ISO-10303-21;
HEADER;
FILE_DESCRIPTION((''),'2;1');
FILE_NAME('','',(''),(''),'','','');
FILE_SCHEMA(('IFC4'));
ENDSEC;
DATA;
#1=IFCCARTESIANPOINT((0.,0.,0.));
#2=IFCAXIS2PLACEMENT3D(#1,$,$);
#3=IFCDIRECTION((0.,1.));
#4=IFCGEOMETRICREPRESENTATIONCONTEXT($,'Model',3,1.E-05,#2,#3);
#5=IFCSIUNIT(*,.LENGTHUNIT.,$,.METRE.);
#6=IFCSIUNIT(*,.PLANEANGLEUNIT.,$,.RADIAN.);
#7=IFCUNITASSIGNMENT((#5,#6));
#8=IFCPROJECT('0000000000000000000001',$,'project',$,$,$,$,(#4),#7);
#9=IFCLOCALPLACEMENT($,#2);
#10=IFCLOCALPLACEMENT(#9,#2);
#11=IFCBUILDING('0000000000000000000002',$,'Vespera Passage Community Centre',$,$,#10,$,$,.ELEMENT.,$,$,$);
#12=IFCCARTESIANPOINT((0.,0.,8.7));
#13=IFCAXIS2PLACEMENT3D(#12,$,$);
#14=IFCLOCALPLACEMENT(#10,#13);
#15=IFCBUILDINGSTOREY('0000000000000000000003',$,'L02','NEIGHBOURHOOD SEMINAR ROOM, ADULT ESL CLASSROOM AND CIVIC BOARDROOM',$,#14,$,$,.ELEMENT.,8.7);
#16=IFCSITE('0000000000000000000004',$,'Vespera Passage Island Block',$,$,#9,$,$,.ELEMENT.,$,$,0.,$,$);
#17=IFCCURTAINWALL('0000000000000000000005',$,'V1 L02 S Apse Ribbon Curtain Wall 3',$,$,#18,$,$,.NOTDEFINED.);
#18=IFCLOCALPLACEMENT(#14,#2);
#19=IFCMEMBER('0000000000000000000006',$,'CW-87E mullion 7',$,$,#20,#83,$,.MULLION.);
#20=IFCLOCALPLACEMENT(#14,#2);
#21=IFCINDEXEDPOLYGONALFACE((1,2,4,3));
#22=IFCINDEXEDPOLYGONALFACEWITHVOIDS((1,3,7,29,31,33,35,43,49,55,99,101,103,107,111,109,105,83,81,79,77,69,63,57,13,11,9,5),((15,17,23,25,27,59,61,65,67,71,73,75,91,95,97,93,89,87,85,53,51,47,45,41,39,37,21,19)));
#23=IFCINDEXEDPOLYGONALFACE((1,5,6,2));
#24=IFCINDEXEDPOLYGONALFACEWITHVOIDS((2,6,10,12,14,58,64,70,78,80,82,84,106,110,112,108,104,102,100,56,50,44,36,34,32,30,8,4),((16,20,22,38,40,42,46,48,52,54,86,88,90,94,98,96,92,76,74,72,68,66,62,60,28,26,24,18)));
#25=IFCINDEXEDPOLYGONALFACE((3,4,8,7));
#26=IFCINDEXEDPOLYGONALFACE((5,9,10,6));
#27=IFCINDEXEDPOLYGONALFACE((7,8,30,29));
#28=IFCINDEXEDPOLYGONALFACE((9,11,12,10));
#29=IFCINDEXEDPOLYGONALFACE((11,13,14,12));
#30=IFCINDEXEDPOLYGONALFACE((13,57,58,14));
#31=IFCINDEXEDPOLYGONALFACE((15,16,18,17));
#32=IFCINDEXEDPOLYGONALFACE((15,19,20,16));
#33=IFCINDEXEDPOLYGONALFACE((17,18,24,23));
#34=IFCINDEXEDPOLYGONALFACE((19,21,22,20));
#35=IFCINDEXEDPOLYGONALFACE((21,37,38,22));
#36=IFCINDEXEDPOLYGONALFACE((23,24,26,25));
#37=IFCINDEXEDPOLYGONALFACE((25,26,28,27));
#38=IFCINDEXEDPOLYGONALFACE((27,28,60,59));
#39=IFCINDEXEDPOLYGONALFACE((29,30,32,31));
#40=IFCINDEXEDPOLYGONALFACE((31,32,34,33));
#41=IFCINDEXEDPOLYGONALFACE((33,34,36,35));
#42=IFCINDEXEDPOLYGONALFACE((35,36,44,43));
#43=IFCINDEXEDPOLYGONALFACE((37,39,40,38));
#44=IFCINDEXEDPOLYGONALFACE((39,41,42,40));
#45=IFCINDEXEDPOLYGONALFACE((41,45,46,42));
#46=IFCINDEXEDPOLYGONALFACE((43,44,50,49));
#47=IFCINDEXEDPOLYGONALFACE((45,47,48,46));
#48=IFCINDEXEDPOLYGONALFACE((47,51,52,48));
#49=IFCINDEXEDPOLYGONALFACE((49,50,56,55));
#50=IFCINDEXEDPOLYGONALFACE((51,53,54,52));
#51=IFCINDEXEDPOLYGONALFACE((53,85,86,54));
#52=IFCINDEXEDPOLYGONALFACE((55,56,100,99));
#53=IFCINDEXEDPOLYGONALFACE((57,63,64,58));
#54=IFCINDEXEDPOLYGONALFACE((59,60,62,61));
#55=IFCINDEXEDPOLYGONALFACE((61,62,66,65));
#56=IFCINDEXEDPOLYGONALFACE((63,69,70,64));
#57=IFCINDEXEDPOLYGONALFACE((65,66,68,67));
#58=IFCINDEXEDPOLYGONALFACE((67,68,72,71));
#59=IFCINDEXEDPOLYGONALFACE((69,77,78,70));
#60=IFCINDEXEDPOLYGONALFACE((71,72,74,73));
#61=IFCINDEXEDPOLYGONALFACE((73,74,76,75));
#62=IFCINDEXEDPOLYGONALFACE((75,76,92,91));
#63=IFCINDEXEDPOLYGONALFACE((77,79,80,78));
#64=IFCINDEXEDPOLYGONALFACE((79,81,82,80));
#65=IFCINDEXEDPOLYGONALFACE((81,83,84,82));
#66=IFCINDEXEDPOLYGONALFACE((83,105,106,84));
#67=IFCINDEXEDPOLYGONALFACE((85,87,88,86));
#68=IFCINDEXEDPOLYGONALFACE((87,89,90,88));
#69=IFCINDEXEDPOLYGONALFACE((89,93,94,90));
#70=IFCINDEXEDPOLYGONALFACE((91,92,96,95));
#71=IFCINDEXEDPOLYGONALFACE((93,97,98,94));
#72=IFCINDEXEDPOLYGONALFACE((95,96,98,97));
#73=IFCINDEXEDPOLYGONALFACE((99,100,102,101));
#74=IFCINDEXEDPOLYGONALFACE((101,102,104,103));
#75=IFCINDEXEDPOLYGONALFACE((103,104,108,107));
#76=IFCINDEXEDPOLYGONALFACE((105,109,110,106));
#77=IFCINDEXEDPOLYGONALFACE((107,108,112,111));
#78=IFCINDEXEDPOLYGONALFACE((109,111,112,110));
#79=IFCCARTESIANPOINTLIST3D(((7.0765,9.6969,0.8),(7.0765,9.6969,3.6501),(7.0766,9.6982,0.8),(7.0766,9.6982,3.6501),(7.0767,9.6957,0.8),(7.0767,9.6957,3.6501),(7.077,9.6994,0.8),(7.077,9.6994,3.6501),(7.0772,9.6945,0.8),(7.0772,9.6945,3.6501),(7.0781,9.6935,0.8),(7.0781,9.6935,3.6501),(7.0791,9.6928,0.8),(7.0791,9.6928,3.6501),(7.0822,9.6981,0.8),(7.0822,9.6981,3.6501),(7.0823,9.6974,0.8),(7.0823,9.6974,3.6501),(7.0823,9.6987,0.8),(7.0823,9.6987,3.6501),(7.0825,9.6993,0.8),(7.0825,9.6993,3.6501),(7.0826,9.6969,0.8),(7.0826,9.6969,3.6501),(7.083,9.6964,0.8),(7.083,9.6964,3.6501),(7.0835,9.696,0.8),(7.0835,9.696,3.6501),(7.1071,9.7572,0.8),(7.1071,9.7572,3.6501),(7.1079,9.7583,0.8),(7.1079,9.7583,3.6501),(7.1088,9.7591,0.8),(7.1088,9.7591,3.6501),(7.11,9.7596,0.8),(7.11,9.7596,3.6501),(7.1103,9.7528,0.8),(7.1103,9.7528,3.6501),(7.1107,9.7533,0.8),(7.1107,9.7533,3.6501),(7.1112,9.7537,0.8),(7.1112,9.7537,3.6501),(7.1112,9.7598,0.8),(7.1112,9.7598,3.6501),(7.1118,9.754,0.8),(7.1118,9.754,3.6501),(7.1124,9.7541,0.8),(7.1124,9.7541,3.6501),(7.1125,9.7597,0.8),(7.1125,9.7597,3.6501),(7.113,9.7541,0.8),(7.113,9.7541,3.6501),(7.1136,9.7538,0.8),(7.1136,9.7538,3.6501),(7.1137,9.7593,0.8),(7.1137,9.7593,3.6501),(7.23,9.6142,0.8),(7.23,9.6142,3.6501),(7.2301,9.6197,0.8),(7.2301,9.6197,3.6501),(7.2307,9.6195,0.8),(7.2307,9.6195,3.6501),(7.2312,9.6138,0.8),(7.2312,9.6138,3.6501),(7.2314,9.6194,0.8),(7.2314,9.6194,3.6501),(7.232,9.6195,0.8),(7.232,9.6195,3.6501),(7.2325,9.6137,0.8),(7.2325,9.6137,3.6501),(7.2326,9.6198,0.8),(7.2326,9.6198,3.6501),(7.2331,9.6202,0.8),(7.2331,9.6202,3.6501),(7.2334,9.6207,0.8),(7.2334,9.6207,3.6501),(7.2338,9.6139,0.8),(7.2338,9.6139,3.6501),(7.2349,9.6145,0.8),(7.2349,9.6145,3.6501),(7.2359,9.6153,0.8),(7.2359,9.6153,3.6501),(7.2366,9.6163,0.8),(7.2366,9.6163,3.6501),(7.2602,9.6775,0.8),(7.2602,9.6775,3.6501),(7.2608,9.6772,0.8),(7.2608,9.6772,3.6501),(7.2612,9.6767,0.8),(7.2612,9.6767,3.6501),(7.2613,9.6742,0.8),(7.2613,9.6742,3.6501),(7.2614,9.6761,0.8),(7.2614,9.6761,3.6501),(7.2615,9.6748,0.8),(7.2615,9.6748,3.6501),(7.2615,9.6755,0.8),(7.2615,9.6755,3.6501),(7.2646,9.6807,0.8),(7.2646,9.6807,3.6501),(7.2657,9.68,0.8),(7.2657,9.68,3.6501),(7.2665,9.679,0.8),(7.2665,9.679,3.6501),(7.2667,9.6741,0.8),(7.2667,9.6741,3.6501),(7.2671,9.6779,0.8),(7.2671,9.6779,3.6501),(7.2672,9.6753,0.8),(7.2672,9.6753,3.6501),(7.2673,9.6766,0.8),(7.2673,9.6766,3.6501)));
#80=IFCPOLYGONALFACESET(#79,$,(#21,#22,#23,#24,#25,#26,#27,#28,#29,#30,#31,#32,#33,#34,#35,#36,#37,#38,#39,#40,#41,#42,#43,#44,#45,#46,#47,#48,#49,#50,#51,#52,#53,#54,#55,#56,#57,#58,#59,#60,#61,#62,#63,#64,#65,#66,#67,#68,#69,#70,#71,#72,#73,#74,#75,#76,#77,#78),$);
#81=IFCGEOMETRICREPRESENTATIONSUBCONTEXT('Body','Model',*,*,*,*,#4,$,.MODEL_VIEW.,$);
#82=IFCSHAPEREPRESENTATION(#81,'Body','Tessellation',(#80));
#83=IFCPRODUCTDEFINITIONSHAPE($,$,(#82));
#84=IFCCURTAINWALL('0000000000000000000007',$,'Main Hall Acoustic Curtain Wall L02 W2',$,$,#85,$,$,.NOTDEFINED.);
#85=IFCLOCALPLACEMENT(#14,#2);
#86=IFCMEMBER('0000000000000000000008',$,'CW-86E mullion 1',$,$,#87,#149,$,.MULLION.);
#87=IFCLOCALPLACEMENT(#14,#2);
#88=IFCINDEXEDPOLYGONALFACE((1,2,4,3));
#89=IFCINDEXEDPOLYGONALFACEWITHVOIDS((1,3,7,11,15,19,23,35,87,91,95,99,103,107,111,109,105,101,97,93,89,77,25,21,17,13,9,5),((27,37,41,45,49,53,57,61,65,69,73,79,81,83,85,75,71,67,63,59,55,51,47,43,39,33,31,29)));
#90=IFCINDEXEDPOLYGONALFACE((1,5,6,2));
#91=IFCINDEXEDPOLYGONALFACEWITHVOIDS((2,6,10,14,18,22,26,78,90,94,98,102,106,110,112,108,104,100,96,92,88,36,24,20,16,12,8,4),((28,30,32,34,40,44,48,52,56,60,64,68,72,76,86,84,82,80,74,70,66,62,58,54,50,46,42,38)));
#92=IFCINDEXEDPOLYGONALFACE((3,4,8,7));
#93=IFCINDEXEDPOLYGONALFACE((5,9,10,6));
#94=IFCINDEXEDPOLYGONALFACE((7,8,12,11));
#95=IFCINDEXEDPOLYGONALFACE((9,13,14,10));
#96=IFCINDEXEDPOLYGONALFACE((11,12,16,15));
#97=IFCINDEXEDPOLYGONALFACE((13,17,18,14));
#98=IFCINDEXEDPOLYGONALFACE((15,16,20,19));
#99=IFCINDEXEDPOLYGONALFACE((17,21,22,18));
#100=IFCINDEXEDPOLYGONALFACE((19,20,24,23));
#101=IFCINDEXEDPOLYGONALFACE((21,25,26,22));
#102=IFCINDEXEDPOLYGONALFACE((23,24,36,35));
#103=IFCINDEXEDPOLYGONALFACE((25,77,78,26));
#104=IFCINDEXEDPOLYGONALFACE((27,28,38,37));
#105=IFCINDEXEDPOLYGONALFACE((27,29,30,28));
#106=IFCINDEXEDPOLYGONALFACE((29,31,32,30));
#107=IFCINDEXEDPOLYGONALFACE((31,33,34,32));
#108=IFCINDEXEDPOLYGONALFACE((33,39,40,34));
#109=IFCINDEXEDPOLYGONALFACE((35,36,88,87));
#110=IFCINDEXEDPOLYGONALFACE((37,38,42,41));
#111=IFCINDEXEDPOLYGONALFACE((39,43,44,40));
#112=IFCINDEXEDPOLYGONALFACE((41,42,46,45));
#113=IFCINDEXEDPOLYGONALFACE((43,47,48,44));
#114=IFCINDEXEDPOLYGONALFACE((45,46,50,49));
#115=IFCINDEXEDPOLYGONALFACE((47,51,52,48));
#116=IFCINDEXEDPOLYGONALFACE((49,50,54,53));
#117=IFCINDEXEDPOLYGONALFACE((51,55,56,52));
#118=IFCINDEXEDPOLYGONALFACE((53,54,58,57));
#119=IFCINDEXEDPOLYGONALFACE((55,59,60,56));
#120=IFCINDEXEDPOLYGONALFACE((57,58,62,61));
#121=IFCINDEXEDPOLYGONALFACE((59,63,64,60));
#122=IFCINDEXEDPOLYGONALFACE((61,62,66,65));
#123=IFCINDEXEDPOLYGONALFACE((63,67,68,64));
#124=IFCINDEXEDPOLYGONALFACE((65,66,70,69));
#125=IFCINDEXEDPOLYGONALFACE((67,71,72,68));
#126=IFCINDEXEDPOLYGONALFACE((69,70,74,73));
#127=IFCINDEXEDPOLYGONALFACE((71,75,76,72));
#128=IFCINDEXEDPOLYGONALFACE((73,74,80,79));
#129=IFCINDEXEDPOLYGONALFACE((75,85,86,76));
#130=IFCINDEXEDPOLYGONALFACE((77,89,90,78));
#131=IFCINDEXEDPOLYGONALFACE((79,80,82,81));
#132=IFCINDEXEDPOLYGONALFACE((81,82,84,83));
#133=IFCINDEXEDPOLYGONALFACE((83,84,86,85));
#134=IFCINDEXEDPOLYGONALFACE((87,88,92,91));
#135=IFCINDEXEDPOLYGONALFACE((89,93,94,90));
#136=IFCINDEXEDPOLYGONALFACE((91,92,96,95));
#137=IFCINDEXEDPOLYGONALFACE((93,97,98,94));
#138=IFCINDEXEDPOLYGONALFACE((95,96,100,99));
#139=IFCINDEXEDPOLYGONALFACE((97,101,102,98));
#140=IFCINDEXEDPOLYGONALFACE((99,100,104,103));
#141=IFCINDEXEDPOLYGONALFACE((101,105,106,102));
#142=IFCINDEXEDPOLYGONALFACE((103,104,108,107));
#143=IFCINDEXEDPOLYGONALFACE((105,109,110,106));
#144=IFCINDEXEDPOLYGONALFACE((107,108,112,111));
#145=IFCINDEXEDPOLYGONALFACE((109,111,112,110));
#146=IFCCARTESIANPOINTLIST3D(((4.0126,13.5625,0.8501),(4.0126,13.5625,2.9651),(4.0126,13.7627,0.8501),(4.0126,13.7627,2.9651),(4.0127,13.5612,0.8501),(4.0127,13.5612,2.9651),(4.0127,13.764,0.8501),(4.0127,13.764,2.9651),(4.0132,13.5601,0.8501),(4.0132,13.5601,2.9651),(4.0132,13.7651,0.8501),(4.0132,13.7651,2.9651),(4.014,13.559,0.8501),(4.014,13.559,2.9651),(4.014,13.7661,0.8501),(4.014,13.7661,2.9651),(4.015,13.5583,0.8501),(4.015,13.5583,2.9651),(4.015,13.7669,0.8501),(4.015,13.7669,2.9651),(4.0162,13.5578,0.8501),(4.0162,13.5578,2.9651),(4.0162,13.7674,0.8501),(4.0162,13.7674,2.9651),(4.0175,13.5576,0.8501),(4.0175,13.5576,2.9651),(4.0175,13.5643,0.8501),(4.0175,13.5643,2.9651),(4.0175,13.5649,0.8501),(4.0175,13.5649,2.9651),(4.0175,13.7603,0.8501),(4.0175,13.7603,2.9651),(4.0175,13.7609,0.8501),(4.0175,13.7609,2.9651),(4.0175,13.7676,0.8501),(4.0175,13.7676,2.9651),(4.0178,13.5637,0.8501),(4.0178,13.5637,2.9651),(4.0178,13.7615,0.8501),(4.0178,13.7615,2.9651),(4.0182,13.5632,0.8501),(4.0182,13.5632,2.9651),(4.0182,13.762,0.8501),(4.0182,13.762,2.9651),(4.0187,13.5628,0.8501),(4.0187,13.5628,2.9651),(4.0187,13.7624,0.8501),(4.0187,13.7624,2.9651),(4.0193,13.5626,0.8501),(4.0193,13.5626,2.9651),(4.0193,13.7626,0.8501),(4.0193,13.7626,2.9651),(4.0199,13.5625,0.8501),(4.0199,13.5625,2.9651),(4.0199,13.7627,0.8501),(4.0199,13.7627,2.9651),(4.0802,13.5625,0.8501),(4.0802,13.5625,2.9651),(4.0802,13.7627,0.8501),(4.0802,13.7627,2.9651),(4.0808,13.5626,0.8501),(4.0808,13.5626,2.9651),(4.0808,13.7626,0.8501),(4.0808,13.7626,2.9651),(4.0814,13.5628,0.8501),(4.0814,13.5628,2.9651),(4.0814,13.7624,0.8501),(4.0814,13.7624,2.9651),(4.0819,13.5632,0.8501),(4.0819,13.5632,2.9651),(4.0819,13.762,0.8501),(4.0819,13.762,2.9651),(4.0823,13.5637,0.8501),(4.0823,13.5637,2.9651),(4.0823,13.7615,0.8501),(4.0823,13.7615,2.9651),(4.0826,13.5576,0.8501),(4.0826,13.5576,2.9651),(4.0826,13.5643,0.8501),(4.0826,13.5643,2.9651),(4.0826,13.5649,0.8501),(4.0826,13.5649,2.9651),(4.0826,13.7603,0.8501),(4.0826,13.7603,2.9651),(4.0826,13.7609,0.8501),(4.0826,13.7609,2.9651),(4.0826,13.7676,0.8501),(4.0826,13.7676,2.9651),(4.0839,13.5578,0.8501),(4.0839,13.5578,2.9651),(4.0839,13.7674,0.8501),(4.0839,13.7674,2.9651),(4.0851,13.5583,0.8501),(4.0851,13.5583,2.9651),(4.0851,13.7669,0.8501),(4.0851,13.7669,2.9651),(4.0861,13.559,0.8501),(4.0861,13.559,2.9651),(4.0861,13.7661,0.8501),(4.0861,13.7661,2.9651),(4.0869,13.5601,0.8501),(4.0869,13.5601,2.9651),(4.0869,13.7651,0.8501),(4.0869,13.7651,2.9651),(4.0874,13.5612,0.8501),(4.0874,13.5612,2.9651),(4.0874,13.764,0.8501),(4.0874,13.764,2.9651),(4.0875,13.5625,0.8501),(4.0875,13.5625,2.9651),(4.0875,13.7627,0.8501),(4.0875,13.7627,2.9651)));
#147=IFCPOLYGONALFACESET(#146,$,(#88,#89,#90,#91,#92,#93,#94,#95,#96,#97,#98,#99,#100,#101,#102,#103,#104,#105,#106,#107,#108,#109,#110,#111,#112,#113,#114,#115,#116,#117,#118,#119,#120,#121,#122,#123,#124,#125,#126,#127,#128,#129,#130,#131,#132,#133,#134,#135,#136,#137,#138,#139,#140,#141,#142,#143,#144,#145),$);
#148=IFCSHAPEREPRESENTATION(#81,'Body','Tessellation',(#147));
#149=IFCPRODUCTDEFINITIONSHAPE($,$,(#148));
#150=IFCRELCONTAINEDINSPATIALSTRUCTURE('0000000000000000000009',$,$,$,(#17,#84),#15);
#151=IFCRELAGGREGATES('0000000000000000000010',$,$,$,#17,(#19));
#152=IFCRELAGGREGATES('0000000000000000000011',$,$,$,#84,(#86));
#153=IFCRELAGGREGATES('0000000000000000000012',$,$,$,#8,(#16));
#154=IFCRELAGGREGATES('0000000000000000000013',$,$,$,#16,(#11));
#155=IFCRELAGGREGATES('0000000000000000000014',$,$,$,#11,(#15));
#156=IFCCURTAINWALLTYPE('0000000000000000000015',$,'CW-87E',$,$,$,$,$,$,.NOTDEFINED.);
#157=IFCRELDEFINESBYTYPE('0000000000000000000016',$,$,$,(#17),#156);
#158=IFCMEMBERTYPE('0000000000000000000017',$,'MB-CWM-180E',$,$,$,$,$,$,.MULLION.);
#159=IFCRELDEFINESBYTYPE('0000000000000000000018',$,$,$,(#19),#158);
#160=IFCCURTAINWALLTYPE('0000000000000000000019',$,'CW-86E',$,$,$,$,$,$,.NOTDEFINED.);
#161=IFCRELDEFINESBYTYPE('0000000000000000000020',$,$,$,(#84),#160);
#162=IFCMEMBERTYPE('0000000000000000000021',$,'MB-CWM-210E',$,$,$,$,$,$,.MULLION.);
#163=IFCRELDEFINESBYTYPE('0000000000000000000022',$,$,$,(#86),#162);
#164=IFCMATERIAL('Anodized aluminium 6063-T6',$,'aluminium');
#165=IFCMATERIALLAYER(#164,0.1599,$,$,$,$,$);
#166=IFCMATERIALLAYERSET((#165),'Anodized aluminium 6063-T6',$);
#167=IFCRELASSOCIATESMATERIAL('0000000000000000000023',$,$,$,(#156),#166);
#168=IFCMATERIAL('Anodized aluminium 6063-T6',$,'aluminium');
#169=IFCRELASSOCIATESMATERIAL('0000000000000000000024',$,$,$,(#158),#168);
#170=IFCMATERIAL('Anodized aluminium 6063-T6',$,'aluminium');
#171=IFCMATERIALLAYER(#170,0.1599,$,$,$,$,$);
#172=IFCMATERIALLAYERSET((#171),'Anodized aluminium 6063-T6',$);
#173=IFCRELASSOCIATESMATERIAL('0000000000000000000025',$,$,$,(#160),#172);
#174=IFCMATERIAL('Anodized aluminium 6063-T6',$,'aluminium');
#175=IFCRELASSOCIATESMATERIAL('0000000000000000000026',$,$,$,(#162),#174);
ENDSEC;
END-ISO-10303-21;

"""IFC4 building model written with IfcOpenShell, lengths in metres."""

from ifc_helpers import new_model, si_unit, direction, frame, origin, origin_2d, place, context, subcontext, project, spatial, hollow_rectangle, extrude, material, layer, layer_set, material_profile, profile_set, type_object, element, aggregate, save


model = new_model("IFC4")

# Units and contexts
model_context = context("Model", 3, precision=1e-05, world=origin(), true_north=direction((0.0, 1.0)))
body_context = subcontext(model_context, "Body", "Model", "MODEL_VIEW")
ifc_project = project(units=[si_unit("LENGTHUNIT", "METRE"), si_unit("PLANEANGLEUNIT", "RADIAN")], contexts=[model_context])

# Site, building, storey
site_placement = place(None, origin())
site = spatial("IfcSite", under=ifc_project, at=site_placement, Name="Vespera Passage Island Block", CompositionType="ELEMENT", RefElevation=0.0)
building_placement = place(site_placement, origin())
building = spatial("IfcBuilding", under=site, at=building_placement, Name="Vespera Passage Community Centre", CompositionType="ELEMENT")
storey_placement = place(building_placement, frame((0.0, 0.0, 8.7)))
storey = spatial("IfcBuildingStorey", under=building, at=storey_placement, Name="L02", Description="NEIGHBOURHOOD SEMINAR ROOM, ADULT ESL CLASSROOM AND CIVIC BOARDROOM", CompositionType="ELEMENT", Elevation=8.7)

# Curtain walls, members
ifc_material_1 = material(Name="Anodized aluminium 6063-T6", Category="aluminium")
ifc_layer_1 = layer(ifc_material_1, 0.1599)
ifc_layer_set_1 = layer_set([ifc_layer_1], Name="Anodized aluminium 6063-T6")
curtain_wall_type_1 = type_object("IfcCurtainWallType", Name="CW-87E", PredefinedType="NOTDEFINED", material=ifc_layer_set_1)
curtain_wall_1_placement = place(storey_placement, origin())
curtain_wall_1 = element("IfcCurtainWall", 1, at=curtain_wall_1_placement, inside=storey, type_object=curtain_wall_type_1, Name="V1 L02 S Apse Ribbon Curtain Wall 3", PredefinedType="NOTDEFINED")
ifc_material_2 = material(Name="Anodized aluminium 6063-T6", Category="aluminium")
ifc_material_profile_1 = material_profile(ifc_material_2, hollow_rectangle(XDim=0.075, YDim=0.1799, WallThickness=0.0049, InnerFilletRadius=0.0024, OuterFilletRadius=0.0049, at=origin_2d()), Name="ALU180X75X5")
ifc_profile_set_1 = profile_set([ifc_material_profile_1], Name="Anodized aluminium 6063-T6")
member_type_1 = type_object("IfcMemberType", Name="MB-CWM-180E", PredefinedType="MULLION", material=ifc_profile_set_1)
member_1_placement = place(storey_placement, frame((7.1719, 9.6868, 0.8), z_axis=(0.0, 0.0, 1.0), x_axis=(-0.461745, -0.887013, 0.0)))
member_1 = element("IfcMember", 2, at=member_1_placement, type_object=member_type_1, Name="CW-87E mullion 7", PredefinedType="MULLION", context=body_context, shape_type="SweptSolid", body=[
    extrude(hollow_rectangle(XDim=0.075, YDim=0.1799, WallThickness=0.0049, InnerFilletRadius=0.0024, OuterFilletRadius=0.0049, at=origin_2d()), origin(), (0.0, 0.0, 1.0), 2.8501),
])
ifc_material_3 = material(Name="Anodized aluminium 6063-T6", Category="aluminium")
ifc_layer_2 = layer(ifc_material_3, 0.1599)
ifc_layer_set_2 = layer_set([ifc_layer_2], Name="Anodized aluminium 6063-T6")
curtain_wall_type_2 = type_object("IfcCurtainWallType", Name="CW-86E", PredefinedType="NOTDEFINED", material=ifc_layer_set_2)
curtain_wall_2_placement = place(storey_placement, origin())
curtain_wall_2 = element("IfcCurtainWall", 3, at=curtain_wall_2_placement, inside=storey, type_object=curtain_wall_type_2, Name="Main Hall Acoustic Curtain Wall L02 W2", PredefinedType="NOTDEFINED")
ifc_material_4 = material(Name="Anodized aluminium 6063-T6", Category="aluminium")
ifc_material_profile_2 = material_profile(ifc_material_4, hollow_rectangle(XDim=0.075, YDim=0.21, WallThickness=0.0049, InnerFilletRadius=0.0024, OuterFilletRadius=0.0049, at=origin_2d()), Name="ALU210X75X5")
ifc_profile_set_2 = profile_set([ifc_material_profile_2], Name="Anodized aluminium 6063-T6")
member_type_2 = type_object("IfcMemberType", Name="MB-CWM-210E", PredefinedType="MULLION", material=ifc_profile_set_2)
member_2_placement = place(storey_placement, frame((4.05, 13.6626, 0.8501), z_axis=(0.0, 0.0, 1.0), x_axis=(-1.0, 0.0, 0.0)))
member_2 = element("IfcMember", 4, at=member_2_placement, type_object=member_type_2, Name="CW-86E mullion 1", PredefinedType="MULLION", context=body_context, shape_type="SweptSolid", body=[
    extrude(hollow_rectangle(XDim=0.075, YDim=0.21, WallThickness=0.0049, InnerFilletRadius=0.0024, OuterFilletRadius=0.0049, at=origin_2d()), origin(), (0.0, 0.0, 1.0), 2.115),
])

aggregate(curtain_wall_1, [member_1])
aggregate(curtain_wall_2, [member_2])

save(model, "model.ifc")
